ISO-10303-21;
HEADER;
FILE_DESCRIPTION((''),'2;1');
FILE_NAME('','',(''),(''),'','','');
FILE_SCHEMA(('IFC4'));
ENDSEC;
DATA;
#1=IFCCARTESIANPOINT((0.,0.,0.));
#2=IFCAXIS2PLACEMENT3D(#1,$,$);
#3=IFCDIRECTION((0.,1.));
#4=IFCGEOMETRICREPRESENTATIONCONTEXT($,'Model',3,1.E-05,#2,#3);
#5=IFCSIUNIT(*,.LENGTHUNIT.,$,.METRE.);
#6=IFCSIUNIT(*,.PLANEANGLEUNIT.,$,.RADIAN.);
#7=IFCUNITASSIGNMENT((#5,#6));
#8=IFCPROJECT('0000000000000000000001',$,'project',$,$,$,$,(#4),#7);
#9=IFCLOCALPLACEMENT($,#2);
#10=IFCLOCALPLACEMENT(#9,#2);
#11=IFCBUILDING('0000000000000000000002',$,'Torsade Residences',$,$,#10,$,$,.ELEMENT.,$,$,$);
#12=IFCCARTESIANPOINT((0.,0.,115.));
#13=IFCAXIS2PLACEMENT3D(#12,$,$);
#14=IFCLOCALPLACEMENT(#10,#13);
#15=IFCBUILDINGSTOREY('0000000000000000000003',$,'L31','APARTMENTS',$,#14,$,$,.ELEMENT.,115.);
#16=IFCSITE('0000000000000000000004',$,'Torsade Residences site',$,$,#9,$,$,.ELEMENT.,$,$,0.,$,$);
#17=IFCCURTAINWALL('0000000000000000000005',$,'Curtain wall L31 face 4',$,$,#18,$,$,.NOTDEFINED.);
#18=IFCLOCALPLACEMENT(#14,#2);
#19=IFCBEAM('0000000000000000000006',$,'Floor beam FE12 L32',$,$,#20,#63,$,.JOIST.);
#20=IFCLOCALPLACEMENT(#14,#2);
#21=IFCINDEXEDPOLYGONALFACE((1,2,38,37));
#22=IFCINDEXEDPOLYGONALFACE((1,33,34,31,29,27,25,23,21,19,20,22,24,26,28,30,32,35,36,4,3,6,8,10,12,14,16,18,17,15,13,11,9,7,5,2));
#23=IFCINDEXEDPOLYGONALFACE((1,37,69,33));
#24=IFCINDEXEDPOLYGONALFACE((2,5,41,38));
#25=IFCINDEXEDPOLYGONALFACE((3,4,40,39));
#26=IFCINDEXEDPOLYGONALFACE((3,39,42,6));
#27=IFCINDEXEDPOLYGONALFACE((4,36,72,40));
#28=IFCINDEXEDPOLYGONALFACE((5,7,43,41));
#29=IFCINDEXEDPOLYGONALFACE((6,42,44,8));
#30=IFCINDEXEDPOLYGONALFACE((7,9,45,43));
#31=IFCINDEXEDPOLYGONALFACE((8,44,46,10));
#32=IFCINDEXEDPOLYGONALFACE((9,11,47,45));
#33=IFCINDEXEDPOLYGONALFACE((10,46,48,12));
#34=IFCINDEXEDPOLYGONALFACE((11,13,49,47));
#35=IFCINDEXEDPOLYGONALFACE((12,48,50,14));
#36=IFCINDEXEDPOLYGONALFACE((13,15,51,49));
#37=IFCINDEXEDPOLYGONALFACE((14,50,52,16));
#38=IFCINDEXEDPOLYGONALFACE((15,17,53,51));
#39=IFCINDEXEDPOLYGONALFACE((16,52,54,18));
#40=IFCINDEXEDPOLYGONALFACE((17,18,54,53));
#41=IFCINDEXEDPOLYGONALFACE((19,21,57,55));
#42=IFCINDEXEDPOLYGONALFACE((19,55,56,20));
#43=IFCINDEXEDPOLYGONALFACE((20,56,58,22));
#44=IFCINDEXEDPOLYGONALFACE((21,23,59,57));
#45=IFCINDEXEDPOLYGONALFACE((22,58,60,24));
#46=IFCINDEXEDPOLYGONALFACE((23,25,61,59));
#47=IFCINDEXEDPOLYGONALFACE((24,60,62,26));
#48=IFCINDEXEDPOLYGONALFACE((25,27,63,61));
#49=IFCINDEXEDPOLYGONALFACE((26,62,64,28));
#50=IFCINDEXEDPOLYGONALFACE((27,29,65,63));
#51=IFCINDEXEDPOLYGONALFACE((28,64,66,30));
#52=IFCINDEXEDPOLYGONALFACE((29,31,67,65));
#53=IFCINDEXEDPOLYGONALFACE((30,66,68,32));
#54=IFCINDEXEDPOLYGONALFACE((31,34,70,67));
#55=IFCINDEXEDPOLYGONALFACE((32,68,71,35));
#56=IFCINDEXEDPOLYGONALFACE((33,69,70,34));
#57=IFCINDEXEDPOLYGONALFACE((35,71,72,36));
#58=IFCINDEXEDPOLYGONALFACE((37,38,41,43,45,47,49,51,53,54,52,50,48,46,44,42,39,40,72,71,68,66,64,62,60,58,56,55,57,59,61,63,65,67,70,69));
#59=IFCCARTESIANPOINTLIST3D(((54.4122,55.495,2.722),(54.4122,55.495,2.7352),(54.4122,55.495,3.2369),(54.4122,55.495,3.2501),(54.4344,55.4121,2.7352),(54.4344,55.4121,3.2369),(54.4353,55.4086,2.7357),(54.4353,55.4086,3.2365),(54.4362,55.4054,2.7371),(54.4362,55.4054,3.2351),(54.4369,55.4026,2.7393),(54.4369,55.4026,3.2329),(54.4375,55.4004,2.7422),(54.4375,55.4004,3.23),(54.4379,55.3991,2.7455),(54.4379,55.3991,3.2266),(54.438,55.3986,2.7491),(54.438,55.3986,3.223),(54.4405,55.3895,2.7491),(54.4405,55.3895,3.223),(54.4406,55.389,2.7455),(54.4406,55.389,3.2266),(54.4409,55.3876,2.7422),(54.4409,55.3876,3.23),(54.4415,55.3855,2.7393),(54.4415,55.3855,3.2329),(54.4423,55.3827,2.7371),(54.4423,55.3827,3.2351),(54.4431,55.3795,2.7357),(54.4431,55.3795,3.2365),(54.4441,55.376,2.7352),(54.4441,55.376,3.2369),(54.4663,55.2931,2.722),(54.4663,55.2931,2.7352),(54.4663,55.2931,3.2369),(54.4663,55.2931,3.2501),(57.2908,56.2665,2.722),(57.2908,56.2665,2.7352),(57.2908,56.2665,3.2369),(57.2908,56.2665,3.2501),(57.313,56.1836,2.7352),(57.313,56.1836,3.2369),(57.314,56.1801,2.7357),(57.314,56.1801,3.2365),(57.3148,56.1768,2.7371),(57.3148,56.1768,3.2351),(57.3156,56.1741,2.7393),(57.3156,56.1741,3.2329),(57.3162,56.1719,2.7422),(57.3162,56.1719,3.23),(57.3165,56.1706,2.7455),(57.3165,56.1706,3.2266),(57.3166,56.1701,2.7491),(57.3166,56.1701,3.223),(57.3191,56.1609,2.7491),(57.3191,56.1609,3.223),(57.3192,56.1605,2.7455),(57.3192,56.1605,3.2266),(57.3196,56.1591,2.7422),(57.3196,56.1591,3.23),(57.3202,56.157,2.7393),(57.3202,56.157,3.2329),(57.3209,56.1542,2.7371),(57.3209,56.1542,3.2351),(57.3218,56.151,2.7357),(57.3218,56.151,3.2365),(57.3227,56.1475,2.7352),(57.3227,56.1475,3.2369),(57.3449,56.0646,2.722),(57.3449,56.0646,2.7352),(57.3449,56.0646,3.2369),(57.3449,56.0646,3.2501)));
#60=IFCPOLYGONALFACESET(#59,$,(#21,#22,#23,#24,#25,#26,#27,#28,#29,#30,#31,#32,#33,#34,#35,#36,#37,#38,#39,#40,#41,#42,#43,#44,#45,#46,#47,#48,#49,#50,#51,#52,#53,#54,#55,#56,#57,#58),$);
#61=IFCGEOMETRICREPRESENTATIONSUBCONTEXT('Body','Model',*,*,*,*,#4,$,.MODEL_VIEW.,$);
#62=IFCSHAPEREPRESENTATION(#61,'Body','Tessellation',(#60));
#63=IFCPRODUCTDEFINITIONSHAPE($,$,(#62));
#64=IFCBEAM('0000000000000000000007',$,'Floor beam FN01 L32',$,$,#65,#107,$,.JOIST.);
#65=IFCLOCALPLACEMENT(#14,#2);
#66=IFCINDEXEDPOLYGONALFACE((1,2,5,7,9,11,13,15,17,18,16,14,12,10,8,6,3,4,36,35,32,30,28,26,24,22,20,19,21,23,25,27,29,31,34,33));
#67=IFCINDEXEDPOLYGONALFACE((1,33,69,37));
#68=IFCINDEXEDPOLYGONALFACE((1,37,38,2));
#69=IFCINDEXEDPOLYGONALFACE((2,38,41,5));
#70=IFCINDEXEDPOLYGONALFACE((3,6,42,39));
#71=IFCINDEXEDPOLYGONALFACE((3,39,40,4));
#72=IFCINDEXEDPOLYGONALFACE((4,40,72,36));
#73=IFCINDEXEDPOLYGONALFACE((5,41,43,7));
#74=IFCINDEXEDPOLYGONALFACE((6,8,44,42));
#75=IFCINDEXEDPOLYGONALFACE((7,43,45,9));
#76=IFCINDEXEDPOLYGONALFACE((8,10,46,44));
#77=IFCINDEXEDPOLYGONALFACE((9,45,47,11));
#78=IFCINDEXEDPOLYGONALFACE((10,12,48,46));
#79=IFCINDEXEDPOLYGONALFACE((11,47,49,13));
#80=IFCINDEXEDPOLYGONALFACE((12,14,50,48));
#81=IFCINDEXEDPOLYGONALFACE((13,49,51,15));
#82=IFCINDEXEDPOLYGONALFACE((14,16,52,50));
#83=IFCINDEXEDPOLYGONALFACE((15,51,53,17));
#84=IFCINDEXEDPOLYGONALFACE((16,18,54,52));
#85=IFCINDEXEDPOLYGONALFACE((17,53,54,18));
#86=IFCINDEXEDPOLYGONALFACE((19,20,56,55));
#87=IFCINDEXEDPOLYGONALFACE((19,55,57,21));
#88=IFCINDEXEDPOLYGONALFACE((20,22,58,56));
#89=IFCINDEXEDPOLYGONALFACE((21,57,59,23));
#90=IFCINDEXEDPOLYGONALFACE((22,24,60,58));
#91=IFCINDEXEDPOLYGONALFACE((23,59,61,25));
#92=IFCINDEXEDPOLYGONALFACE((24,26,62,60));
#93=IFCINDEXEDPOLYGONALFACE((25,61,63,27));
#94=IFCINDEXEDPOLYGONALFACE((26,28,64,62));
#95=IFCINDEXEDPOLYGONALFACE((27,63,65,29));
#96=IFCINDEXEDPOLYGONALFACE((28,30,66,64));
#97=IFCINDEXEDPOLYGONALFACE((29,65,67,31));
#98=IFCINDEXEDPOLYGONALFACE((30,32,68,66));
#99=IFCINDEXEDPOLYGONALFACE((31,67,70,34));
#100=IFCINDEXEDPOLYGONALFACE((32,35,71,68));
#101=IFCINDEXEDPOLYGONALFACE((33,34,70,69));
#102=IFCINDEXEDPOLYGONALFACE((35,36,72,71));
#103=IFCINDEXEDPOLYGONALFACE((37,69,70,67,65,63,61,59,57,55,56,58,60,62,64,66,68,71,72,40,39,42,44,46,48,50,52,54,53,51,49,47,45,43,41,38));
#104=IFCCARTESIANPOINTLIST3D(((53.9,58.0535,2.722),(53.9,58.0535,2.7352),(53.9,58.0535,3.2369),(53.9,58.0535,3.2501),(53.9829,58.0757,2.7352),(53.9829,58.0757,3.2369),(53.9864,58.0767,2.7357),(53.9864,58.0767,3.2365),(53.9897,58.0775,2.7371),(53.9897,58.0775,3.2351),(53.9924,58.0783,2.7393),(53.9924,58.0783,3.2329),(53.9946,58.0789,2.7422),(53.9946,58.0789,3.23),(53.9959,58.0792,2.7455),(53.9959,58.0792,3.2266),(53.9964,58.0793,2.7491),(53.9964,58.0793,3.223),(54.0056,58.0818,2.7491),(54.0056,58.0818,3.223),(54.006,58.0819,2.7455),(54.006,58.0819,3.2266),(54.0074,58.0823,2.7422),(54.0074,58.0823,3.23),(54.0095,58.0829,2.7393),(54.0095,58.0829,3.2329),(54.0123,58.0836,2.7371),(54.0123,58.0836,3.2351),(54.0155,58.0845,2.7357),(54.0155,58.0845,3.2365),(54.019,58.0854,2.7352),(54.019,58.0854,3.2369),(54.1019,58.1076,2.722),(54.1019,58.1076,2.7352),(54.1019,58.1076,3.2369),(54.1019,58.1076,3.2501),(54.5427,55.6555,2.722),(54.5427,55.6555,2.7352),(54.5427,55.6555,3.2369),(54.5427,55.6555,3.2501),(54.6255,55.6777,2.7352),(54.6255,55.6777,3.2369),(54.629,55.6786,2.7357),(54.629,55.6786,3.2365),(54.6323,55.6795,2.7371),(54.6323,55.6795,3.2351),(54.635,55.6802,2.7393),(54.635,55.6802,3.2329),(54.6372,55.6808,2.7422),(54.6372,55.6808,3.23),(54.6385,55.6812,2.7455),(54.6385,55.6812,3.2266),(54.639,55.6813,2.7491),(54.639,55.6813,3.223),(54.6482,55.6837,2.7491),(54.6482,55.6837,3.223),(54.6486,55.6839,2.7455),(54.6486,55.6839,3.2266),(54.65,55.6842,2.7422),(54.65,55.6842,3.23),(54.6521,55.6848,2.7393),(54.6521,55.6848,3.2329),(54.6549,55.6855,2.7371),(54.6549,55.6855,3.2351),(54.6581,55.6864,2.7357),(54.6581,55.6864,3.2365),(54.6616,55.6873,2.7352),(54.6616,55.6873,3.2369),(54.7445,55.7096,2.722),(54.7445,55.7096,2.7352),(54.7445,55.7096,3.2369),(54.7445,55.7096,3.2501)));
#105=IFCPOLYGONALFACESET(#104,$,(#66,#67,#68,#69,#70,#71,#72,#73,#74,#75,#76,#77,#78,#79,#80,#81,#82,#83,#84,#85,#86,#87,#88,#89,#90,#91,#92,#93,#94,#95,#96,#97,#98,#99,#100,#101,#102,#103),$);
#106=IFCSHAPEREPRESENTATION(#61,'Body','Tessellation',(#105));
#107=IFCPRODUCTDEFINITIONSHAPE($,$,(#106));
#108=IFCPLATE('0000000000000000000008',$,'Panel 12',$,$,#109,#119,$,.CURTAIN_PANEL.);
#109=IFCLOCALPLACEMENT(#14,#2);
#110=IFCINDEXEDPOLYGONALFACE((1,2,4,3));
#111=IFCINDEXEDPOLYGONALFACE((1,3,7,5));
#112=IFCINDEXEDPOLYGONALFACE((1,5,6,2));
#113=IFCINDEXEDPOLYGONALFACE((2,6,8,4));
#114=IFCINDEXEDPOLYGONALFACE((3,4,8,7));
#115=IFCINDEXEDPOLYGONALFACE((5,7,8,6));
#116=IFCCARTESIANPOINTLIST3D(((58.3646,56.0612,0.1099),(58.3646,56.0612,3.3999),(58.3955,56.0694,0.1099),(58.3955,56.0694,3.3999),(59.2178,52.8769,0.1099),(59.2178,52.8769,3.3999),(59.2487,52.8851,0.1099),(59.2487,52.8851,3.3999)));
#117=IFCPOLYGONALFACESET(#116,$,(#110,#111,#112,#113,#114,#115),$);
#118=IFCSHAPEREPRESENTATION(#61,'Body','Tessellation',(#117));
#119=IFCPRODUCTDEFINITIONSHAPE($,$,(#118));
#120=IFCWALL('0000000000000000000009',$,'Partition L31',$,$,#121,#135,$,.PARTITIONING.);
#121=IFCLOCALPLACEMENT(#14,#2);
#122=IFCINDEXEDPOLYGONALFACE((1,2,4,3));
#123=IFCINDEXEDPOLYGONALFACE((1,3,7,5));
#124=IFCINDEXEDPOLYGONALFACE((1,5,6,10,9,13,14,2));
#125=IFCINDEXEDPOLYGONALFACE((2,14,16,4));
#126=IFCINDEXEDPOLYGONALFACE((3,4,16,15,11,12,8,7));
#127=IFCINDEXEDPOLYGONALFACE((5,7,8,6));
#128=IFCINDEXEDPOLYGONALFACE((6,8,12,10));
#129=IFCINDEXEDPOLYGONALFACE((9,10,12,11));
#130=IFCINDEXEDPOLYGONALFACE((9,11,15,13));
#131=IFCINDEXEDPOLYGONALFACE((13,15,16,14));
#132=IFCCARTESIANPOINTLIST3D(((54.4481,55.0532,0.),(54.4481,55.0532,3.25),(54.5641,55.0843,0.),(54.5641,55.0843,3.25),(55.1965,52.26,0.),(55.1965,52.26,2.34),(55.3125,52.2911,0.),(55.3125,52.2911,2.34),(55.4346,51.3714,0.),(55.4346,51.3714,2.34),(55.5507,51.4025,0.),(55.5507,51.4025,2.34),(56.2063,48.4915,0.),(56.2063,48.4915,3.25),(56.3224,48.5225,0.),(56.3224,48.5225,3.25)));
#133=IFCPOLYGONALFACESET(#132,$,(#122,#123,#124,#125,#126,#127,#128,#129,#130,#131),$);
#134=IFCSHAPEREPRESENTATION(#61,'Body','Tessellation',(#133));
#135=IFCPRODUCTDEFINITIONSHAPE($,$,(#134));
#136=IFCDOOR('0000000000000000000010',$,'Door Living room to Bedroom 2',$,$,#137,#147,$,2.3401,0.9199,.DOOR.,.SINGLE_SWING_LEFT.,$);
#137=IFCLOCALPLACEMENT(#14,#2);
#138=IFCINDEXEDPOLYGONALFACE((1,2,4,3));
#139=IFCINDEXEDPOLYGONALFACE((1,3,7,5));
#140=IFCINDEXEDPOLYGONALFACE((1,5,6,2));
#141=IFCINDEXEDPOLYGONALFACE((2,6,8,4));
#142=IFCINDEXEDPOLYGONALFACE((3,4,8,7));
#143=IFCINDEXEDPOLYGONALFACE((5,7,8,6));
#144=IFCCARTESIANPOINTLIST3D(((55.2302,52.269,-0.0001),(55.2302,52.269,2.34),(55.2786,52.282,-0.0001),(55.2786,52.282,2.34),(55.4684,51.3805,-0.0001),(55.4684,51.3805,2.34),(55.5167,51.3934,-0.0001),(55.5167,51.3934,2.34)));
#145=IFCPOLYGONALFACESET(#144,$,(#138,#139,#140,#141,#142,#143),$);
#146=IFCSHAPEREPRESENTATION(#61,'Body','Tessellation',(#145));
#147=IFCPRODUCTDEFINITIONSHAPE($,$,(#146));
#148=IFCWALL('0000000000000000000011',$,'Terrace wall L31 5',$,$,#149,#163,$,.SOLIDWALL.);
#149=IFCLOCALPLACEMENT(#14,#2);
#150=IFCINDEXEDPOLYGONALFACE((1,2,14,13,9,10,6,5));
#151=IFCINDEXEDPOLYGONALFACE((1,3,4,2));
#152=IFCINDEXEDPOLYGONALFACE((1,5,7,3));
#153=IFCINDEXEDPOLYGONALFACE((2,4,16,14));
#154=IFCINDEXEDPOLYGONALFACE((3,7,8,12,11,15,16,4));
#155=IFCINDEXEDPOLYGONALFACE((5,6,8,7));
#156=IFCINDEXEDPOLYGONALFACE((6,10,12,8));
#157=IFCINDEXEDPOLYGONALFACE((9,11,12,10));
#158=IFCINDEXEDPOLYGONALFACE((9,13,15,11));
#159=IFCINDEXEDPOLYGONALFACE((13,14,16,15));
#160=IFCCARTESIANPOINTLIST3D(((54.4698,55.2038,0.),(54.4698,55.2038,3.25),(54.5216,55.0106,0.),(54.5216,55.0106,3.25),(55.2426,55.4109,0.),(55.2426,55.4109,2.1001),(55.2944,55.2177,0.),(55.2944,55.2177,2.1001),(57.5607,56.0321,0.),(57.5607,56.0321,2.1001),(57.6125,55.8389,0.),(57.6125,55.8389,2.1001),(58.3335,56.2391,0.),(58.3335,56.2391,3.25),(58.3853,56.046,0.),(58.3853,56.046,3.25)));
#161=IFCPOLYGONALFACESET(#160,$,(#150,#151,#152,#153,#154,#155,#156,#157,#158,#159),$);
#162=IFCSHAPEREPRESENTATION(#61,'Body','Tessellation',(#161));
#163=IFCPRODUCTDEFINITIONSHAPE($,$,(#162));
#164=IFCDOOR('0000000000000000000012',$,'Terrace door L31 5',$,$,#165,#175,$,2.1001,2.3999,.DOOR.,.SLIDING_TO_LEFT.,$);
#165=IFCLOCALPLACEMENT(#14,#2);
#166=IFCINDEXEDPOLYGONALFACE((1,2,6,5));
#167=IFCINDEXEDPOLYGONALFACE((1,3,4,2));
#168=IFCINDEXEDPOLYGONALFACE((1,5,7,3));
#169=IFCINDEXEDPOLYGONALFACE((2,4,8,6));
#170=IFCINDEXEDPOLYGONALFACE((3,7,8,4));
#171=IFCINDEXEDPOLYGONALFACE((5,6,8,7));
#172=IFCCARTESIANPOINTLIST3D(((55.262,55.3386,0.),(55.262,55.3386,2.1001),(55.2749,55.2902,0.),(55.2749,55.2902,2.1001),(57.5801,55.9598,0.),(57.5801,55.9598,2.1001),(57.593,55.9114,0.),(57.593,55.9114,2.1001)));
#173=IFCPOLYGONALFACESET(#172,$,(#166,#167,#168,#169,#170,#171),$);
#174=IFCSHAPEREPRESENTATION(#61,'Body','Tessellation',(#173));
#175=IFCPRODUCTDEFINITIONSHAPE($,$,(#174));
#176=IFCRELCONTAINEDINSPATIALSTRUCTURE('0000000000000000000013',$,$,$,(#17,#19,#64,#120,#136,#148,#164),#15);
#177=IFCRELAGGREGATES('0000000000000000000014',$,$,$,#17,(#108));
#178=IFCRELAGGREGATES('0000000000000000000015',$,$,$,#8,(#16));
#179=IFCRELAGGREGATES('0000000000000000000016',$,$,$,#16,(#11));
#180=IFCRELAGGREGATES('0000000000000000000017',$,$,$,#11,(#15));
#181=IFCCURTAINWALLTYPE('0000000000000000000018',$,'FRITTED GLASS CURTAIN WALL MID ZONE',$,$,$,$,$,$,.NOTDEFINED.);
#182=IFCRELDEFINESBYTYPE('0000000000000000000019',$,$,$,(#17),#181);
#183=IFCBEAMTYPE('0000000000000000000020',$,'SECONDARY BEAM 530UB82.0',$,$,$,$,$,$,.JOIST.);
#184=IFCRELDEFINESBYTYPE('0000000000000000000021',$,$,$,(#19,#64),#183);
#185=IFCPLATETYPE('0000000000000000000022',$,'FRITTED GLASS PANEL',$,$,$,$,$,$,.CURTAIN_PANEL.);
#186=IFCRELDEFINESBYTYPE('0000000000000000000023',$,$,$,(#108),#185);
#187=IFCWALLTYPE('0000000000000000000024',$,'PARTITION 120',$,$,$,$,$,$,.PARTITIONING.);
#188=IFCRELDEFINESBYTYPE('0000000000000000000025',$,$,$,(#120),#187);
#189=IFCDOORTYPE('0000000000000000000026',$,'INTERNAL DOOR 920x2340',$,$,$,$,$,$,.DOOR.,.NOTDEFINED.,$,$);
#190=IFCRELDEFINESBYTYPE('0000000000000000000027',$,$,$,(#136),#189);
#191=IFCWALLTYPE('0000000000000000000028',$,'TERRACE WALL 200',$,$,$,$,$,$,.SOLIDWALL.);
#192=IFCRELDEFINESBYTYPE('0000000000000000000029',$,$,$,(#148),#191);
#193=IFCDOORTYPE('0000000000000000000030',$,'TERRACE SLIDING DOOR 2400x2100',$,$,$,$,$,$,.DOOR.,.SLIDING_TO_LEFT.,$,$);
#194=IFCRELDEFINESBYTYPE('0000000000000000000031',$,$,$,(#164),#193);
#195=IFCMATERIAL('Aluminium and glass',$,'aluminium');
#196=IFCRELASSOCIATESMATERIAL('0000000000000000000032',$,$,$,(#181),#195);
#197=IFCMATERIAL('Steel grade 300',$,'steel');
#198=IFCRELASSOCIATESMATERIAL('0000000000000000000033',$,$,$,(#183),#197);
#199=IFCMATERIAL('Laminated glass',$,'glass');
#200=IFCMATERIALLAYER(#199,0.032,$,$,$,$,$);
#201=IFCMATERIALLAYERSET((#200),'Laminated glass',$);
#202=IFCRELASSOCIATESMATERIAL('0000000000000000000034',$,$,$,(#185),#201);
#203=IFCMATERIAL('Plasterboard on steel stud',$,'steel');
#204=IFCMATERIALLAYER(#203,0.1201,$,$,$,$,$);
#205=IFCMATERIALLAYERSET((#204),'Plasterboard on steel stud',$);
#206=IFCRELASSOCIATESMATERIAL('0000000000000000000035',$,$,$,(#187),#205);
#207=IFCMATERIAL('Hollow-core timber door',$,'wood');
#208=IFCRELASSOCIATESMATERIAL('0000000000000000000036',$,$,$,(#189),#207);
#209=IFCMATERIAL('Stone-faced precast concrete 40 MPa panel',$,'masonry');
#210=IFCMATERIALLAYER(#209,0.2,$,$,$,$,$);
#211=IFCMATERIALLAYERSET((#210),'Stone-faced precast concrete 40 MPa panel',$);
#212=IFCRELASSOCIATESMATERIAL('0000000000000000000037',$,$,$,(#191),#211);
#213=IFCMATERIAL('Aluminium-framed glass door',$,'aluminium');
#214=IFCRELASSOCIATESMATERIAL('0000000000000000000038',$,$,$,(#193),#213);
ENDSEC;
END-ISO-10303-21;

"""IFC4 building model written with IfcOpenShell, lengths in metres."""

from ifc_helpers import new_model, si_unit, direction, frame, frame_2d, origin, origin_2d, place, context, subcontext, project, spatial, rectangle, i_section, extrude, material, layer, layer_set, material_profile, profile_set, type_object, element, fill, aggregate, save


model = new_model("IFC4")

# Units and contexts
model_context = context("Model", 3, precision=1e-05, world=origin(), true_north=direction((0.0, 1.0)))
body_context = subcontext(model_context, "Body", "Model", "MODEL_VIEW")
ifc_project = project(units=[si_unit("LENGTHUNIT", "METRE"), si_unit("PLANEANGLEUNIT", "RADIAN")], contexts=[model_context])

# Site, building, storey
site_placement = place(None, origin())
site = spatial("IfcSite", under=ifc_project, at=site_placement, Name="Torsade Residences site", CompositionType="ELEMENT", RefElevation=0.0)
building_placement = place(site_placement, origin())
building = spatial("IfcBuilding", under=site, at=building_placement, Name="Torsade Residences", CompositionType="ELEMENT")
storey_placement = place(building_placement, frame((0.0, 0.0, 115.0)))
storey = spatial("IfcBuildingStorey", under=building, at=storey_placement, Name="L31", Description="APARTMENTS", CompositionType="ELEMENT", Elevation=115.0)

# Curtain wall
ifc_material_1 = material(Name="Aluminium and glass", Category="aluminium")
curtain_wall_type = type_object("IfcCurtainWallType", Name="FRITTED GLASS CURTAIN WALL MID ZONE", PredefinedType="NOTDEFINED", material=ifc_material_1)
curtain_wall_1_placement = place(storey_placement, origin())
curtain_wall_1 = element("IfcCurtainWall", 1, at=curtain_wall_1_placement, inside=storey, type_object=curtain_wall_type, Name="Curtain wall L31 face 4", PredefinedType="NOTDEFINED")

# Beams
ifc_material_2 = material(Name="Steel grade 300", Category="steel")
ifc_material_profile_1 = material_profile(ifc_material_2, i_section(OverallWidth=0.209, OverallDepth=0.5281, WebThickness=0.0095, FlangeThickness=0.0132, FilletRadius=0.0139, at=origin_2d()), Name="530UB82.0")
ifc_profile_set_1 = profile_set([ifc_material_profile_1], Name="Steel grade 300")
beam_type_1 = type_object("IfcBeamType", Name="SECONDARY BEAM 530UB82.0", PredefinedType="JOIST", material=ifc_profile_set_1)
beam_1_placement = place(storey_placement, frame((57.3179, 56.1655, 2.9861), z_axis=(-0.965913, -0.258866, 0.0), x_axis=(0.258866, -0.965913, 0.0)))
element("IfcBeam", 2, at=beam_1_placement, inside=storey, type_object=beam_type_1, Name="Floor beam FE12 L32", PredefinedType="JOIST", context=body_context, shape_type="SweptSolid", body=[
    extrude(i_section(OverallWidth=0.209, OverallDepth=0.5281, WebThickness=0.0095, FlangeThickness=0.0132, FilletRadius=0.0139, at=origin_2d()), origin(), (0.0, 0.0, 1.0), 2.9802),
])
beam_2_placement = place(storey_placement, frame((54.001, 58.0806, 2.9861), z_axis=(0.258838, -0.965921, 0.0), x_axis=(0.965921, 0.258838, 0.0)))
element("IfcBeam", 3, at=beam_2_placement, inside=storey, type_object=beam_type_1, Name="Floor beam FN01 L32", PredefinedType="JOIST", context=body_context, shape_type="SweptSolid", body=[
    extrude(i_section(OverallWidth=0.209, OverallDepth=0.5281, WebThickness=0.0095, FlangeThickness=0.0132, FilletRadius=0.0139, at=origin_2d()), origin(), (0.0, 0.0, 1.0), 2.4827),
])

# Plate
ifc_material_3 = material(Name="Laminated glass", Category="glass")
ifc_layer_1 = layer(ifc_material_3, 0.032)
ifc_layer_set_1 = layer_set([ifc_layer_1], Name="Laminated glass")
plate_type = type_object("IfcPlateType", Name="FRITTED GLASS PANEL", PredefinedType="CURTAIN_PANEL", material=ifc_layer_set_1)
plate_placement = place(storey_placement, frame((58.8066, 54.4731, 0.1099), z_axis=(0.0, 0.0, 1.0), x_axis=(-0.258819, 0.965926, 0.0)))
plate = element("IfcPlate", 4, at=plate_placement, type_object=plate_type, Name="Panel 12", PredefinedType="CURTAIN_PANEL", context=body_context, shape_type="SweptSolid", body=[
    extrude(rectangle(XDim=3.2966, YDim=0.032, at=origin_2d()), origin(), (0.0, 0.0, 1.0), 3.29),
])
aggregate(curtain_wall_1, [plate])

# Walls, openings, doors
ifc_material_4 = material(Name="Plasterboard on steel stud", Category="steel")
ifc_layer_2 = layer(ifc_material_4, 0.1201)
ifc_layer_set_2 = layer_set([ifc_layer_2], Name="Plasterboard on steel stud")
wall_type_1 = type_object("IfcWallType", Name="PARTITION 120", PredefinedType="PARTITIONING", material=ifc_layer_set_2)
wall_1_placement = place(storey_placement, frame((54.5061, 55.0686, 0.0), z_axis=(0.0, 0.0, 1.0), x_axis=(0.25883, -0.965923, 0.0)))
wall_1 = element("IfcWall", 5, at=wall_1_placement, inside=storey, type_object=wall_type_1, Name="Partition L31", PredefinedType="PARTITIONING", context=body_context, shape_type="SweptSolid", body=[
    extrude(rectangle(XDim=6.7932, YDim=0.1201, at=frame_2d((3.3965, 0.0))), origin(), (0.0, 0.0, 1.0), 3.25),
])
opening_1_placement = place(wall_1_placement, frame((2.8916, 0.0, 0.0)))
opening_1 = element("IfcOpeningElement", 6, at=opening_1_placement, cuts=wall_1, PredefinedType="OPENING", context=body_context, shape_type="SweptSolid", body=[
    extrude(rectangle(XDim=0.9199, YDim=2.3401, at=frame_2d((0.46, 1.1699))), frame((0.0, 0.0701, 0.0), z_axis=(0.0, -1.0, 0.0), x_axis=(1.0, 0.0, 0.0)), (0.0, 0.0, 1.0), 0.1401),
])
ifc_material_5 = material(Name="Hollow-core timber door", Category="wood")
door_type_1 = type_object("IfcDoorType", Name="INTERNAL DOOR 920x2340", OperationType="NOTDEFINED", PredefinedType="DOOR", material=ifc_material_5)
door_1_placement = place(opening_1_placement, origin())
door_1 = element("IfcDoor", 7, at=door_1_placement, inside=storey, type_object=door_type_1, Name="Door Living room to Bedroom 2", OperationType="SINGLE_SWING_LEFT", OverallHeight=2.3401, OverallWidth=0.9199, PredefinedType="DOOR", context=body_context, shape_type="SweptSolid", body=[
    extrude(rectangle(XDim=0.9199, YDim=2.3401, at=frame_2d((0.46, 1.1699))), frame((0.0, 0.0249, 0.0), z_axis=(0.0, -1.0, 0.0), x_axis=(1.0, 0.0, 0.0)), (0.0, 0.0, 1.0), 0.05),
])
fill(opening_1, door_1)
ifc_material_6 = material(Name="Stone-faced precast concrete 40 MPa panel", Category="masonry")
ifc_layer_3 = layer(ifc_material_6, 0.2)
ifc_layer_set_3 = layer_set([ifc_layer_3], Name="Stone-faced precast concrete 40 MPa panel")
wall_type_2 = type_object("IfcWallType", Name="TERRACE WALL 200", PredefinedType="SOLIDWALL", material=ifc_layer_set_3)
wall_2_placement = place(storey_placement, frame((58.3594, 56.1426, 0.0), z_axis=(0.0, 0.0, 1.0), x_axis=(-0.965919, -0.258844, 0.0)))
wall_2 = element("IfcWall", 8, at=wall_2_placement, inside=storey, type_object=wall_type_2, Name="Terrace wall L31 5", PredefinedType="SOLIDWALL", context=body_context, shape_type="SweptSolid", body=[
    extrude(rectangle(XDim=4.0, YDim=0.2, at=frame_2d((2.0, 0.0))), origin(), (0.0, 0.0, 1.0), 3.25),
])
opening_2_placement = place(wall_2_placement, frame((0.8, 0.0, 0.0)))
opening_2 = element("IfcOpeningElement", 9, at=opening_2_placement, cuts=wall_2, PredefinedType="OPENING", context=body_context, shape_type="SweptSolid", body=[
    extrude(rectangle(XDim=2.3999, YDim=2.1001, at=frame_2d((1.2, 1.05))), frame((0.0, 0.1099, 0.0), z_axis=(0.0, -1.0, 0.0), x_axis=(1.0, 0.0, 0.0)), (0.0, 0.0, 1.0), 0.22),
])
ifc_material_7 = material(Name="Aluminium-framed glass door", Category="aluminium")
door_type_2 = type_object("IfcDoorType", Name="TERRACE SLIDING DOOR 2400x2100", OperationType="SLIDING_TO_LEFT", PredefinedType="DOOR", material=ifc_material_7)
door_2_placement = place(opening_2_placement, origin())
door_2 = element("IfcDoor", 10, at=door_2_placement, inside=storey, type_object=door_type_2, Name="Terrace door L31 5", OperationType="SLIDING_TO_LEFT", OverallHeight=2.1001, OverallWidth=2.3999, PredefinedType="DOOR", context=body_context, shape_type="SweptSolid", body=[
    extrude(rectangle(XDim=2.3999, YDim=2.1001, at=frame_2d((1.2, 1.05))), frame((0.0, 0.0249, 0.0), z_axis=(0.0, -1.0, 0.0), x_axis=(1.0, 0.0, 0.0)), (0.0, 0.0, 1.0), 0.05),
])
fill(opening_2, door_2)

save(model, "model.ifc")
